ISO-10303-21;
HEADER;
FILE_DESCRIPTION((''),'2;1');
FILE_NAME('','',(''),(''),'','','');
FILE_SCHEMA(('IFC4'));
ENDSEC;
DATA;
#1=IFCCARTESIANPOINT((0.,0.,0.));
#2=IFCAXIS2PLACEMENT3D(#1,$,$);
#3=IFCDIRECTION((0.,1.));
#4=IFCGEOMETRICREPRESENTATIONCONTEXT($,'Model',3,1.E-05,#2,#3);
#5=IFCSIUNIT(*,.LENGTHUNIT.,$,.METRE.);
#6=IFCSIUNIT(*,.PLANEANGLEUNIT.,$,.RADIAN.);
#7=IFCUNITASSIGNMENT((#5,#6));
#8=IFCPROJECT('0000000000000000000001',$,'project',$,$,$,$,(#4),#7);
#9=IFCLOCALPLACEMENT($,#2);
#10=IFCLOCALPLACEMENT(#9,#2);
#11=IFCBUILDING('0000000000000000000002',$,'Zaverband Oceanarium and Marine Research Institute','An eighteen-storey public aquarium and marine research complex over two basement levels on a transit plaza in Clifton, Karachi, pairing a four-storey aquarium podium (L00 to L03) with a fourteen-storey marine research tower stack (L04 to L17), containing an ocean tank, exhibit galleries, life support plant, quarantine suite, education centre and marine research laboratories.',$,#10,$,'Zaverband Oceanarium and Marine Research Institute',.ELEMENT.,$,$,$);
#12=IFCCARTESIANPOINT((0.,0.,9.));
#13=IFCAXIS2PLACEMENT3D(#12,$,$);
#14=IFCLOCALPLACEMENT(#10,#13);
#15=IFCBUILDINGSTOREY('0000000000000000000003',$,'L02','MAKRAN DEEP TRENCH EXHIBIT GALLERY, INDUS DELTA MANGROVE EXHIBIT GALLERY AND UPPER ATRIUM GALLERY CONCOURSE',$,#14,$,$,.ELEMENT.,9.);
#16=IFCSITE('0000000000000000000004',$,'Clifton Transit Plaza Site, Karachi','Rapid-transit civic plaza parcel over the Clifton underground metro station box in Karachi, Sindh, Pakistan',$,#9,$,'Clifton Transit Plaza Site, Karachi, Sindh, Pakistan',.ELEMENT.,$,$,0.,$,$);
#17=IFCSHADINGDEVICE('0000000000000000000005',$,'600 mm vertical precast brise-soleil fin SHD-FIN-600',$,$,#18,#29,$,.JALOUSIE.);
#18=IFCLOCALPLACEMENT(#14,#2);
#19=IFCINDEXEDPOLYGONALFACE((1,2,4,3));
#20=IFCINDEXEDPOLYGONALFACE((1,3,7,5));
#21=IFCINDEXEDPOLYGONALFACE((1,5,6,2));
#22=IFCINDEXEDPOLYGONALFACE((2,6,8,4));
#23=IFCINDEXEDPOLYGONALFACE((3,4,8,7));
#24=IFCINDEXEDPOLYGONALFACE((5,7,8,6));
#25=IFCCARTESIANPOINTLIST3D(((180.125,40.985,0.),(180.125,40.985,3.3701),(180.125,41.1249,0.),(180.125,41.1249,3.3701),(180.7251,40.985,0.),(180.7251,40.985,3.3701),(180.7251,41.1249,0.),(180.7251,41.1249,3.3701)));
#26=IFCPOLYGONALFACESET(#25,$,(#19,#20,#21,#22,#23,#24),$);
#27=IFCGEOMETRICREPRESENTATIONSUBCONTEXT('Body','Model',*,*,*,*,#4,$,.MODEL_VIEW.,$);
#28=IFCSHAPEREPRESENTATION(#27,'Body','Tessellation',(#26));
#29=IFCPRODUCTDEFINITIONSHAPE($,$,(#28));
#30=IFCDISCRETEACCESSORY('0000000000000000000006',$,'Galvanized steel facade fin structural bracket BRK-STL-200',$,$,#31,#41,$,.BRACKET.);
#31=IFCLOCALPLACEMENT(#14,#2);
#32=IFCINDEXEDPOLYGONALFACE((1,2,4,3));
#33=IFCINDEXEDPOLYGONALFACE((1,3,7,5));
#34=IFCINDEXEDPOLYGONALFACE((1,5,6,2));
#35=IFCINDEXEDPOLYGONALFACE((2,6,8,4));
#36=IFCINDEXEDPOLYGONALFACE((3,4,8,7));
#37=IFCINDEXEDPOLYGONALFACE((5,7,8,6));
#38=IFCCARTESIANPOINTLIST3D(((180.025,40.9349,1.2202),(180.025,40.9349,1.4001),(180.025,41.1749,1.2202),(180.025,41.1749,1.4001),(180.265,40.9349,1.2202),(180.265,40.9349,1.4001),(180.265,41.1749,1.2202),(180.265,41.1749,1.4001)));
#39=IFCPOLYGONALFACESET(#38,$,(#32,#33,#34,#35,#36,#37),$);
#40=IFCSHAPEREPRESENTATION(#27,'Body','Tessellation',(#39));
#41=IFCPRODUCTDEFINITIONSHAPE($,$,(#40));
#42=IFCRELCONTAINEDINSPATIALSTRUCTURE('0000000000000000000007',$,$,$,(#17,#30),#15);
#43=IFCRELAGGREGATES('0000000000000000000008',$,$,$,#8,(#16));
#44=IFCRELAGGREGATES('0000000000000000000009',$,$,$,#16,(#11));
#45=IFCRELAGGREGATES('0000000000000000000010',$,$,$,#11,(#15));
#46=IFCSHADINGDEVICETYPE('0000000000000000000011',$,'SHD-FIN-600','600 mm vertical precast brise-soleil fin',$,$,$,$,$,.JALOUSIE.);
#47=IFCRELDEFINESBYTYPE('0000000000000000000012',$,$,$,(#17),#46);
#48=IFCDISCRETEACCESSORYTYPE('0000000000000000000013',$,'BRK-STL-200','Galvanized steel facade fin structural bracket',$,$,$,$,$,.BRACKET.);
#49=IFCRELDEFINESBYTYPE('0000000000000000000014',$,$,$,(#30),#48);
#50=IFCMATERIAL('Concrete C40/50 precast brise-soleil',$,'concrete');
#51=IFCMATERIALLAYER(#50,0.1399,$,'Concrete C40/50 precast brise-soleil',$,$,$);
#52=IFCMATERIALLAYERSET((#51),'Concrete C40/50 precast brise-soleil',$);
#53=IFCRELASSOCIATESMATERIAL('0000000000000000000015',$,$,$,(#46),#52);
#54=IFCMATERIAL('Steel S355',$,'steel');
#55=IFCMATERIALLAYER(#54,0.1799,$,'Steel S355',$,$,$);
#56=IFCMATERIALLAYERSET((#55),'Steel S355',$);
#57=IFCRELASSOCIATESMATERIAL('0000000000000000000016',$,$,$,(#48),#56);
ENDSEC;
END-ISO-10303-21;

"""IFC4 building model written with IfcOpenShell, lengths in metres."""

from ifc_helpers import new_model, si_unit, direction, frame, frame_2d, origin, origin_2d, place, context, subcontext, project, spatial, rectangle, extrude, material, layer, layer_set, type_object, element, save


model = new_model("IFC4")

# Units and contexts
model_context = context("Model", 3, precision=1e-05, world=origin(), true_north=direction((0.0, 1.0)))
body_context = subcontext(model_context, "Body", "Model", "MODEL_VIEW")
ifc_project = project(units=[si_unit("LENGTHUNIT", "METRE"), si_unit("PLANEANGLEUNIT", "RADIAN")], contexts=[model_context])

# Site, building, storey
site_placement = place(None, origin())
site = spatial("IfcSite", under=ifc_project, at=site_placement, Name="Clifton Transit Plaza Site, Karachi", Description="Rapid-transit civic plaza parcel over the Clifton underground metro station box in Karachi, Sindh, Pakistan", LongName="Clifton Transit Plaza Site, Karachi, Sindh, Pakistan", CompositionType="ELEMENT", RefElevation=0.0)
building_placement = place(site_placement, origin())
building = spatial("IfcBuilding", under=site, at=building_placement, Name="Zaverband Oceanarium and Marine Research Institute", Description="An eighteen-storey public aquarium and marine research complex over two basement levels on a transit plaza in Clifton, Karachi, pairing a four-storey aquarium podium (L00 to L03) with a fourteen-storey marine research tower stack (L04 to L17), containing an ocean tank, exhibit galleries, life support plant, quarantine suite, education centre and marine research laboratories.", LongName="Zaverband Oceanarium and Marine Research Institute", CompositionType="ELEMENT")
storey_placement = place(building_placement, frame((0.0, 0.0, 9.0)))
storey = spatial("IfcBuildingStorey", under=building, at=storey_placement, Name="L02", Description="MAKRAN DEEP TRENCH EXHIBIT GALLERY, INDUS DELTA MANGROVE EXHIBIT GALLERY AND UPPER ATRIUM GALLERY CONCOURSE", CompositionType="ELEMENT", Elevation=9.0)

# Shading device
ifc_material_1 = material(Name="Concrete C40/50 precast brise-soleil", Category="concrete")
ifc_layer_1 = layer(ifc_material_1, 0.1399, Name="Concrete C40/50 precast brise-soleil")
ifc_layer_set_1 = layer_set([ifc_layer_1], Name="Concrete C40/50 precast brise-soleil")
shading_device_type = type_object("IfcShadingDeviceType", Name="SHD-FIN-600", Description="600 mm vertical precast brise-soleil fin", PredefinedType="JALOUSIE", material=ifc_layer_set_1)
shading_device_placement = place(storey_placement, frame((180.125, 41.0549, 0.0), z_axis=(0.0, 0.0, 1.0), x_axis=(1.0, 0.0, 0.0)))
element("IfcShadingDevice", 1, at=shading_device_placement, inside=storey, type_object=shading_device_type, Name="600 mm vertical precast brise-soleil fin SHD-FIN-600", PredefinedType="JALOUSIE", context=body_context, shape_type="SweptSolid", body=[
    extrude(rectangle(XDim=0.6001, YDim=0.1399, at=frame_2d((0.3, 0.0))), origin(), (0.0, 0.0, 1.0), 3.3701),
])

# Discrete accessory
ifc_material_2 = material(Name="Steel S355", Category="steel")
ifc_layer_2 = layer(ifc_material_2, 0.1799, Name="Steel S355")
ifc_layer_set_2 = layer_set([ifc_layer_2], Name="Steel S355")
discrete_accessory_type = type_object("IfcDiscreteAccessoryType", Name="BRK-STL-200", Description="Galvanized steel facade fin structural bracket", PredefinedType="BRACKET", material=ifc_layer_set_2)
discrete_accessory_placement = place(storey_placement, frame((180.145, 41.0549, 1.2202), z_axis=(0.0, 0.0, 1.0), x_axis=(1.0, 0.0, 0.0)))
element("IfcDiscreteAccessory", 2, at=discrete_accessory_placement, inside=storey, type_object=discrete_accessory_type, Name="Galvanized steel facade fin structural bracket BRK-STL-200", PredefinedType="BRACKET", context=body_context, shape_type="SweptSolid", body=[
    extrude(rectangle(XDim=0.24, YDim=0.24, at=origin_2d()), origin(), (0.0, 0.0, 1.0), 0.1799),
])

save(model, "model.ifc")
